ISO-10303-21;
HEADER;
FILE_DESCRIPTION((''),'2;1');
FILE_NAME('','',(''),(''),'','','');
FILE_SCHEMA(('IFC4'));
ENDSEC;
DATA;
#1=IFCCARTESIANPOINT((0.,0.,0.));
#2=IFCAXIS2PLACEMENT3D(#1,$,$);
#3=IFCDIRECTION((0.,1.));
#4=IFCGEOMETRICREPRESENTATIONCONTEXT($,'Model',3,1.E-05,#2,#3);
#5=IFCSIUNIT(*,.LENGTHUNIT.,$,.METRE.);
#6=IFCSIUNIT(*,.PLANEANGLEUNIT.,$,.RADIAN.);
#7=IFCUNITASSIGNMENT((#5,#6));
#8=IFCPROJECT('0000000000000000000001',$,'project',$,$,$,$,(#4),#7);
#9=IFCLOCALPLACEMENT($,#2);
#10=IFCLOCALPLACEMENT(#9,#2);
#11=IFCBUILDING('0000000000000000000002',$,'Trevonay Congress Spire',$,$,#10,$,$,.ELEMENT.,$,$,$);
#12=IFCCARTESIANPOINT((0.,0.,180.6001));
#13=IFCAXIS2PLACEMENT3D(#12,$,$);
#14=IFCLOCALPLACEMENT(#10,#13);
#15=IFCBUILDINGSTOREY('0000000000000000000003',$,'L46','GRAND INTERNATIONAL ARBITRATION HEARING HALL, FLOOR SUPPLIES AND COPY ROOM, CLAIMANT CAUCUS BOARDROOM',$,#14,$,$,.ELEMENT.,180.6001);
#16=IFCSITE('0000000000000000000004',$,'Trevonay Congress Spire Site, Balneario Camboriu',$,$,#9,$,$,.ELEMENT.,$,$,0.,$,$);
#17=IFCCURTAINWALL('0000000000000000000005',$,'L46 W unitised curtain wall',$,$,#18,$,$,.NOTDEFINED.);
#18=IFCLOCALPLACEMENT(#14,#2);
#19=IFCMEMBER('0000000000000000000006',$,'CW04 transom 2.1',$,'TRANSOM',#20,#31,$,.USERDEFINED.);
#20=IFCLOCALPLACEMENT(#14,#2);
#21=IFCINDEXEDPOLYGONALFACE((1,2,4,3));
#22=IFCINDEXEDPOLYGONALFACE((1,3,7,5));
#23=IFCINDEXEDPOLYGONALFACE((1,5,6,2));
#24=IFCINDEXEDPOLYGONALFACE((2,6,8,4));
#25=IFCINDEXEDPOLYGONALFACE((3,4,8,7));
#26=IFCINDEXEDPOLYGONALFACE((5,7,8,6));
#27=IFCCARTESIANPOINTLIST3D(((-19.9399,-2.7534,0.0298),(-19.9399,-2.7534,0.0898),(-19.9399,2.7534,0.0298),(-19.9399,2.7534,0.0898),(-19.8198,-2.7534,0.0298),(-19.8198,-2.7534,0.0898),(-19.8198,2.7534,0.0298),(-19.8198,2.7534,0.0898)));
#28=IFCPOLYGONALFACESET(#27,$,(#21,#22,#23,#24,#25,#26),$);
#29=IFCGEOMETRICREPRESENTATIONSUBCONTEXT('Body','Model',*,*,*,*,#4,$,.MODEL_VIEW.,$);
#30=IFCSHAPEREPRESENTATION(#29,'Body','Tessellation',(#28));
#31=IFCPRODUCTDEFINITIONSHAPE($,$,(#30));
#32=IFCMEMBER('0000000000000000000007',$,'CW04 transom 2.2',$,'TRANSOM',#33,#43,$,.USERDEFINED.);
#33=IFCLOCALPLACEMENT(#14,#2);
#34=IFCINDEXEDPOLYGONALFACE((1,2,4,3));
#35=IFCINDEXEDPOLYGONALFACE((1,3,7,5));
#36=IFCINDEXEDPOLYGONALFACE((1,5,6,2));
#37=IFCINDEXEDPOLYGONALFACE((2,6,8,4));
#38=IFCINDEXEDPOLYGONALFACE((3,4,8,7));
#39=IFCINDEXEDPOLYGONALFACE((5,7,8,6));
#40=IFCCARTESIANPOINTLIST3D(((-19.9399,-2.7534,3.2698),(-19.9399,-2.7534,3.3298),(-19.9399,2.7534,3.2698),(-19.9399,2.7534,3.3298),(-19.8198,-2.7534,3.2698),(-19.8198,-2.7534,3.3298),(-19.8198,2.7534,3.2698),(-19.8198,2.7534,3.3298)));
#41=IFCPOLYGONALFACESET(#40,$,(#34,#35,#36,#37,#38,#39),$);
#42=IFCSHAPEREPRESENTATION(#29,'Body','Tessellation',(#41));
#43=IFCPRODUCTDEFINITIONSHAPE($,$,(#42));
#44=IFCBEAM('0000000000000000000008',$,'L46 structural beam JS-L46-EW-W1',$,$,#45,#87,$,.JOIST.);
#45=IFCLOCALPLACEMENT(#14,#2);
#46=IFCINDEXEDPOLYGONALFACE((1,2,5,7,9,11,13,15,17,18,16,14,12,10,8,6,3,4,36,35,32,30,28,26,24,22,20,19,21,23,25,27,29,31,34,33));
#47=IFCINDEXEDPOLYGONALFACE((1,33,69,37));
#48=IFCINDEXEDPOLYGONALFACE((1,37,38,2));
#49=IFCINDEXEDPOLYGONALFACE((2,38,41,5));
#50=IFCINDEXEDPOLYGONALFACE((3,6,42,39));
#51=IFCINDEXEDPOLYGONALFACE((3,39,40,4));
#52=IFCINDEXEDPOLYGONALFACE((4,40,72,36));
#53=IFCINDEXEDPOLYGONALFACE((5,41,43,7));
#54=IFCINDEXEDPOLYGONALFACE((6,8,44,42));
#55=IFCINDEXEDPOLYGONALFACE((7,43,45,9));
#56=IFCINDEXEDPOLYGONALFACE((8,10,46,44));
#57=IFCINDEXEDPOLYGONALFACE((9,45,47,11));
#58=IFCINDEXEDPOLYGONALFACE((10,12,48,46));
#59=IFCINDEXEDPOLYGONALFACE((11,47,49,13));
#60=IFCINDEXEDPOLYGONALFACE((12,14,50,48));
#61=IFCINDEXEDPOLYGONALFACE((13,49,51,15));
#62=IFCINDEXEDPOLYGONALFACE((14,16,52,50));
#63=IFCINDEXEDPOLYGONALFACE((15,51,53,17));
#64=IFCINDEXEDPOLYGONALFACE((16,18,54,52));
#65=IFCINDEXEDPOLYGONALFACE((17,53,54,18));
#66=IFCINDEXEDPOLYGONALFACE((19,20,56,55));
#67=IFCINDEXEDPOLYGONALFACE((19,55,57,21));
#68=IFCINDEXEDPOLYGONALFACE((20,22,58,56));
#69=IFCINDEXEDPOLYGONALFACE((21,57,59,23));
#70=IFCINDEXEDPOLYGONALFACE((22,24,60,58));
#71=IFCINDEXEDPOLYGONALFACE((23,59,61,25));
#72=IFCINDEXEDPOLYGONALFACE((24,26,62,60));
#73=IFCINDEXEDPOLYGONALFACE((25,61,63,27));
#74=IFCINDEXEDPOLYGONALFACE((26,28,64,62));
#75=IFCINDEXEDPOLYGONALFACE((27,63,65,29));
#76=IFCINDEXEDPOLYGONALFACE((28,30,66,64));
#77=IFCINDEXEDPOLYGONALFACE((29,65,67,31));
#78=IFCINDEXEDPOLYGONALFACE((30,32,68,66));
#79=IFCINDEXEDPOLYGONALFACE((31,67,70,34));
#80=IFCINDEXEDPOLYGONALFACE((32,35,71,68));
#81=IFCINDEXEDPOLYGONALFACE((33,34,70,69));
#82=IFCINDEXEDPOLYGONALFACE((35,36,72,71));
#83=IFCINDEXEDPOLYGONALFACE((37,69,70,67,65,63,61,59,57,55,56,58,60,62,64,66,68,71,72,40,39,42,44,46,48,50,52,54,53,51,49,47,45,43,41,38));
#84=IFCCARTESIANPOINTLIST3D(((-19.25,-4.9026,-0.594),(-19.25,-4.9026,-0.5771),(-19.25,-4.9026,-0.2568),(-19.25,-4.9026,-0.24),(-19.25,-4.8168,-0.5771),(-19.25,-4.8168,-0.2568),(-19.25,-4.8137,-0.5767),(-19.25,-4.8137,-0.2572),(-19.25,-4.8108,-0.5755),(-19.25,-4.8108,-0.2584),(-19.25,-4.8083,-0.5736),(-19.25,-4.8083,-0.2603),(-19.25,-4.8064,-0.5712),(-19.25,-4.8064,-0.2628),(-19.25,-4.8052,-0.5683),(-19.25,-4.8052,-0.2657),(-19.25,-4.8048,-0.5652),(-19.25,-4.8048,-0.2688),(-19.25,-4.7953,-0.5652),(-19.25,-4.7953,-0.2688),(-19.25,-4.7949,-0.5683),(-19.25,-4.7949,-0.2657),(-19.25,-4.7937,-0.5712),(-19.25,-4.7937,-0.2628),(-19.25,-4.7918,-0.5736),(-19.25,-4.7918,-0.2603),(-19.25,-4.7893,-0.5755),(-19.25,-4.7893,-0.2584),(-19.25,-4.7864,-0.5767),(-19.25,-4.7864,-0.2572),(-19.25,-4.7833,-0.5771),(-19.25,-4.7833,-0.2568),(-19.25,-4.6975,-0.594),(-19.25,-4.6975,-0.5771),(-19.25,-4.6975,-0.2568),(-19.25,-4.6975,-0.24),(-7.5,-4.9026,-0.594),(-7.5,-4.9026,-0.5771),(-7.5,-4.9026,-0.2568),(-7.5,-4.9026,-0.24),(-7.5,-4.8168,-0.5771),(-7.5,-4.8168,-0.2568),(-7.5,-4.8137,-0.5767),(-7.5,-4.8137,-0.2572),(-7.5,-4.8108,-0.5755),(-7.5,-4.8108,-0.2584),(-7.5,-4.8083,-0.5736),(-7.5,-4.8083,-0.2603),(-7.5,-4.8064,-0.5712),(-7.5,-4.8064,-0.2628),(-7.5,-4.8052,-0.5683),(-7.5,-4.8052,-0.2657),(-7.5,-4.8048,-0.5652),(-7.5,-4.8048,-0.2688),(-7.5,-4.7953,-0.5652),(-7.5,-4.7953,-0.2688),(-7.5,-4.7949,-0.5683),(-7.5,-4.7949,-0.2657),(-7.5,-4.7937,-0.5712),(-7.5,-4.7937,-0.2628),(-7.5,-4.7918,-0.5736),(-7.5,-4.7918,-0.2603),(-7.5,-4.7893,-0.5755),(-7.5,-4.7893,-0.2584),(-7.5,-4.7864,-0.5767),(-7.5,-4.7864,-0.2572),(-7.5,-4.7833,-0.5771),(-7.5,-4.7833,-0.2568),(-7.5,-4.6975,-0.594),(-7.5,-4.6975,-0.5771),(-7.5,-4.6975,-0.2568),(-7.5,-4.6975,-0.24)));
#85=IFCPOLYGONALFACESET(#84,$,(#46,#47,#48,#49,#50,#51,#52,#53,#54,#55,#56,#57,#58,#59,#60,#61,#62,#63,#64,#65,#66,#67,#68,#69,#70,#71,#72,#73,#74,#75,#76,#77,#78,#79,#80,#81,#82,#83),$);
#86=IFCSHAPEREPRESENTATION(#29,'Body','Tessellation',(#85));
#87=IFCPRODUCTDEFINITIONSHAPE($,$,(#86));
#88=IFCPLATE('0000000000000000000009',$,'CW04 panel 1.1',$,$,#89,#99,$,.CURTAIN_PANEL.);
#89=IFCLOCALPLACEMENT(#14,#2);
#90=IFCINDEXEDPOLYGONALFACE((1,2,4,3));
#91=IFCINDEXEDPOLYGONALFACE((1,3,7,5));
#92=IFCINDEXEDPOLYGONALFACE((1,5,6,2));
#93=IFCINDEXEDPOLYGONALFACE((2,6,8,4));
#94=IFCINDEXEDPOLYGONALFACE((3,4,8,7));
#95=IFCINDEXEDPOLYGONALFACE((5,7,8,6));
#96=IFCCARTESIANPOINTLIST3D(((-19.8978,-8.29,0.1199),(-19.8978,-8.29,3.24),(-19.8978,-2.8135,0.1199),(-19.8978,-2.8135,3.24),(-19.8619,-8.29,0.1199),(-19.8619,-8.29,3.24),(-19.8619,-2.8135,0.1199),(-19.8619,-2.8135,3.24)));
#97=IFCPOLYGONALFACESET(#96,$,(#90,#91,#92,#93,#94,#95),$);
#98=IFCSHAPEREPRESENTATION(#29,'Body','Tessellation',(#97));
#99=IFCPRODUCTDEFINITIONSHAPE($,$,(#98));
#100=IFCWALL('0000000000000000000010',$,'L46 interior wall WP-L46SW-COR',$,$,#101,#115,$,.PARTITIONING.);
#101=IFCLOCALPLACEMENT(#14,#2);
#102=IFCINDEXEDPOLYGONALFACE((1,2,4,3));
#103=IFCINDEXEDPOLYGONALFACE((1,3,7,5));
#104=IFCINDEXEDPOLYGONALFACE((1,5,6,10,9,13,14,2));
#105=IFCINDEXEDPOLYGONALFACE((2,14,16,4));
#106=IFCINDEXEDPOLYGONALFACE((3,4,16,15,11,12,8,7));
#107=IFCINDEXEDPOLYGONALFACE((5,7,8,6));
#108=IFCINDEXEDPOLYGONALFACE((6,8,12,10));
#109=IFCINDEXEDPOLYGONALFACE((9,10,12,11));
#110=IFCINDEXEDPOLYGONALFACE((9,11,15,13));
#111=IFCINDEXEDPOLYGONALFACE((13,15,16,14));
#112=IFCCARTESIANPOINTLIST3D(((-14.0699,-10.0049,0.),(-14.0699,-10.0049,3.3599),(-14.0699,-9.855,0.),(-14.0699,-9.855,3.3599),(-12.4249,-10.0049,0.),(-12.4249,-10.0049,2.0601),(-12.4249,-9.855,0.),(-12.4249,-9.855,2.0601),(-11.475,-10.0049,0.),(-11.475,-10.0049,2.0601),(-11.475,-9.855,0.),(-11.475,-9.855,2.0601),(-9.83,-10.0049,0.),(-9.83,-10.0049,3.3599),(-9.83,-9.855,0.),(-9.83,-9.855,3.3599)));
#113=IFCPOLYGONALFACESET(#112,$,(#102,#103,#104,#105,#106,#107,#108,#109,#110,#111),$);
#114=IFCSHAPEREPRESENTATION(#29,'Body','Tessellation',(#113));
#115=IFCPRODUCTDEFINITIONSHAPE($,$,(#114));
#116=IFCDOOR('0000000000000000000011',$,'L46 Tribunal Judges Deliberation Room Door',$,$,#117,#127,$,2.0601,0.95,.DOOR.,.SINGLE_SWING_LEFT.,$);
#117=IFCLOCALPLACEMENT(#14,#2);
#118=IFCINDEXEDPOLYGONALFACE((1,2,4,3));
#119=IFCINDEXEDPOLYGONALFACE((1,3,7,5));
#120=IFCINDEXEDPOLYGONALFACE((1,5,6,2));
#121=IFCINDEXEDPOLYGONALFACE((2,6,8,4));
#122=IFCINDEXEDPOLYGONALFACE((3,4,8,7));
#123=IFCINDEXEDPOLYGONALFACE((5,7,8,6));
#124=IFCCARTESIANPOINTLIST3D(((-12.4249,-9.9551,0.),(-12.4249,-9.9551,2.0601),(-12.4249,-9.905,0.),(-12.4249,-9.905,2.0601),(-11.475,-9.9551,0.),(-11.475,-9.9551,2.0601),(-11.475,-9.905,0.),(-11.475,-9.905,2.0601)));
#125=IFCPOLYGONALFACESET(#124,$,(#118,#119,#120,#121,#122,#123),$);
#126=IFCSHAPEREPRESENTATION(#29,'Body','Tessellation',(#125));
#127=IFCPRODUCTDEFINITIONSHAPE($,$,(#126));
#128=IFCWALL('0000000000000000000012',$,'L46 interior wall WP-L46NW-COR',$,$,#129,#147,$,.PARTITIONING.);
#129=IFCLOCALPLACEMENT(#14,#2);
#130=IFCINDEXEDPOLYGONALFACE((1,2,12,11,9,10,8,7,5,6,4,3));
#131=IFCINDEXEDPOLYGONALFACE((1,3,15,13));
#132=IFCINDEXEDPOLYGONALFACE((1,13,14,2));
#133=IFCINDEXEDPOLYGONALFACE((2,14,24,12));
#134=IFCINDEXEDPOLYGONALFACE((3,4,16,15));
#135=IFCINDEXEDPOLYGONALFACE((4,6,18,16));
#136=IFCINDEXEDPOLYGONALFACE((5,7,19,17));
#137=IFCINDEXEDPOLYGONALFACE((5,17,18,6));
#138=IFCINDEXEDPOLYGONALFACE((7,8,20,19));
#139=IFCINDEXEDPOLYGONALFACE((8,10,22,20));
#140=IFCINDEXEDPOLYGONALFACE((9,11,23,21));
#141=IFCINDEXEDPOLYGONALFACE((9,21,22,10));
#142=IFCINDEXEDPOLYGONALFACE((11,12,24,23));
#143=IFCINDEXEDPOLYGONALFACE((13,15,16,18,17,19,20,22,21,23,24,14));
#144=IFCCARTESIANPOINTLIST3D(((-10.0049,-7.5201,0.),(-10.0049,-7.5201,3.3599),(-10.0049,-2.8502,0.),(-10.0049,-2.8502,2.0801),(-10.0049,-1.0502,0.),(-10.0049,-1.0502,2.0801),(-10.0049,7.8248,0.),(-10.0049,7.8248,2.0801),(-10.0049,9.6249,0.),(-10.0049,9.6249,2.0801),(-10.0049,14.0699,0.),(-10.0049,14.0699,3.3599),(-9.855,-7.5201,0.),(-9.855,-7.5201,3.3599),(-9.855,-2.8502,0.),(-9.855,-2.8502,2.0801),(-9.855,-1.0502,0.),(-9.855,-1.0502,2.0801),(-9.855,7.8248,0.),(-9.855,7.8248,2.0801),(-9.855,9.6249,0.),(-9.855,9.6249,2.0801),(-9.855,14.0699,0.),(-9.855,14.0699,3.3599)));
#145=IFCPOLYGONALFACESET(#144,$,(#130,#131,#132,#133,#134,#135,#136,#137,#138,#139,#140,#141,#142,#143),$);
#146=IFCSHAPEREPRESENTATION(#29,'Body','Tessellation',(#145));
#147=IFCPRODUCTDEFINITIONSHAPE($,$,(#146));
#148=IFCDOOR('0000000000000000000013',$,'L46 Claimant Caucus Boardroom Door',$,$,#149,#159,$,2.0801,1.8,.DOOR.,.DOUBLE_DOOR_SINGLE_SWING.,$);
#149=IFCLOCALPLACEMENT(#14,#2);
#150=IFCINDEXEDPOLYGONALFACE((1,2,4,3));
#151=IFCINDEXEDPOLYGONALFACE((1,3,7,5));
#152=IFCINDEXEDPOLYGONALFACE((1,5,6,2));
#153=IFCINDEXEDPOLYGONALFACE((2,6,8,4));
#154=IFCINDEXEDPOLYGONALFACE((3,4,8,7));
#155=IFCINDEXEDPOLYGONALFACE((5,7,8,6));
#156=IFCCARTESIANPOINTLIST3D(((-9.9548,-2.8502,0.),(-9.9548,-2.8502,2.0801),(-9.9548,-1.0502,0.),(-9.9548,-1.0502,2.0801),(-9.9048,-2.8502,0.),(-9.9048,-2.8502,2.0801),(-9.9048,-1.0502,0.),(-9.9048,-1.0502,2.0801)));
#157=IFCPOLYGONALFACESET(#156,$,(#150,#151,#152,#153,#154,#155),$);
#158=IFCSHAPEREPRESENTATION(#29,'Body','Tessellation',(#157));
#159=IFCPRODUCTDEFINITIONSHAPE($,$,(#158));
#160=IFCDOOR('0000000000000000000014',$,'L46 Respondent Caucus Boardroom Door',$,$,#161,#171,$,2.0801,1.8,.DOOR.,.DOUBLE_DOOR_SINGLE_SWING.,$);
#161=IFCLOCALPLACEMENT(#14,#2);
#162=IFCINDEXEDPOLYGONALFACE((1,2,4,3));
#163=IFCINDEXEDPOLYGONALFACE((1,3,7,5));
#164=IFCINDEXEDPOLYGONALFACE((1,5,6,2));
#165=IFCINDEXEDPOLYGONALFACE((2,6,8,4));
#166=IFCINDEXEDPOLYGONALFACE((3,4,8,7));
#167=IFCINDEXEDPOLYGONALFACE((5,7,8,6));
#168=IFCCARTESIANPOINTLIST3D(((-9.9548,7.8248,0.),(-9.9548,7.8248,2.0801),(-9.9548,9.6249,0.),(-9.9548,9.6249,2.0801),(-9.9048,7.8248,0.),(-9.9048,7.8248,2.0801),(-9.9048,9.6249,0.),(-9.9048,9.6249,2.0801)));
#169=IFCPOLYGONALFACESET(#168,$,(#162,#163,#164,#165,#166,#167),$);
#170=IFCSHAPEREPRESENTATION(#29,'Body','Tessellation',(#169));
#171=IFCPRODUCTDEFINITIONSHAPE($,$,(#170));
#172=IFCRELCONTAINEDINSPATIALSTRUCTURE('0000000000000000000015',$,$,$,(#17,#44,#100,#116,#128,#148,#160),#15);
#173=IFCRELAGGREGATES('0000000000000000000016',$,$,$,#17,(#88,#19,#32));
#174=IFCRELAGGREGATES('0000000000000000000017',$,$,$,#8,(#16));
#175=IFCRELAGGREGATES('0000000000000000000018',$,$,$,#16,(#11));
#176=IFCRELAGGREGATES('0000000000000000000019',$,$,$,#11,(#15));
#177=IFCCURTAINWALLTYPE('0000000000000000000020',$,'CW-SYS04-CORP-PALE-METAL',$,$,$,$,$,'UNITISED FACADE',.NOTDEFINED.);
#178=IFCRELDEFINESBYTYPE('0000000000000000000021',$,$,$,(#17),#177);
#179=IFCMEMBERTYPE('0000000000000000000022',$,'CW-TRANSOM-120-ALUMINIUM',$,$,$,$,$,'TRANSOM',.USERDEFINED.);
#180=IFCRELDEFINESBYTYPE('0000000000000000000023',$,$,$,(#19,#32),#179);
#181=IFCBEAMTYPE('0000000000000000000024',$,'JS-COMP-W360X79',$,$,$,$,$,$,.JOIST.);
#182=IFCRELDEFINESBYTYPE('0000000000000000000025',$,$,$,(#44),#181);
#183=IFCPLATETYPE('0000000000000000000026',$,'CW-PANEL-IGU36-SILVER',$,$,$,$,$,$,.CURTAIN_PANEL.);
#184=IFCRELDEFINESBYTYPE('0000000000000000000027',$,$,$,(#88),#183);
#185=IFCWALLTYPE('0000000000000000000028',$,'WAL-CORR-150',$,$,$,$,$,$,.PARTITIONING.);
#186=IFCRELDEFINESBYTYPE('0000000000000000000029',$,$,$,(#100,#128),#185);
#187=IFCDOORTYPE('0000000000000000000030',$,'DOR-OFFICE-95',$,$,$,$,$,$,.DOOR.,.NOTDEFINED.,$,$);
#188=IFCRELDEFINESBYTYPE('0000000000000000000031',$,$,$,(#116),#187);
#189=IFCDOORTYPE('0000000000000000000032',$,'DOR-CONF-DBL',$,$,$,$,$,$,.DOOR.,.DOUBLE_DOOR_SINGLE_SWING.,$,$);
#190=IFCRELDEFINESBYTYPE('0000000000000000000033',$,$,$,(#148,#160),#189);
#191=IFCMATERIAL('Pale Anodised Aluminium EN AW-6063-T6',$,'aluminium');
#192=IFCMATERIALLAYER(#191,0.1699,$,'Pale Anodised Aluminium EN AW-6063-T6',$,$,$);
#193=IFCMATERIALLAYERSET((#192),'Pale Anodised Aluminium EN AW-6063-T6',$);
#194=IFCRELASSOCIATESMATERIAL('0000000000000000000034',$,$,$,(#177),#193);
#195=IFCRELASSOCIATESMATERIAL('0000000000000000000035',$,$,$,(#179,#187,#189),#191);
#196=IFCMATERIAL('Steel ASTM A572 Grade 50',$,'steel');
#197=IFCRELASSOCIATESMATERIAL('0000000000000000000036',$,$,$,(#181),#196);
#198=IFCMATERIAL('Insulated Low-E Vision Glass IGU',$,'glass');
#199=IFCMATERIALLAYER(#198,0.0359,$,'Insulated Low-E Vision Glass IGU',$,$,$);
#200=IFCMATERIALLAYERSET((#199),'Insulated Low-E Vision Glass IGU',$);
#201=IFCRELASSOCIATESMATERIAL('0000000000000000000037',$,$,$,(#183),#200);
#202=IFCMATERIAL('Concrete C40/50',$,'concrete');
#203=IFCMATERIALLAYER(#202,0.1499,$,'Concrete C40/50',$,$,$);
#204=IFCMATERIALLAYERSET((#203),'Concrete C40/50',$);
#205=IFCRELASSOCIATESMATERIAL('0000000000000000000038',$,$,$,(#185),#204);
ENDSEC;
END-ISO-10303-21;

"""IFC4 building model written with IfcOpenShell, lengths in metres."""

from ifc_helpers import new_model, si_unit, direction, frame, frame_2d, origin, origin_2d, place, context, subcontext, project, spatial, rectangle, i_section, extrude, material, layer, layer_set, material_profile, profile_set, type_object, element, fill, aggregate, save


model = new_model("IFC4")

# Units and contexts
model_context = context("Model", 3, precision=1e-05, world=origin(), true_north=direction((0.0, 1.0)))
body_context = subcontext(model_context, "Body", "Model", "MODEL_VIEW")
ifc_project = project(units=[si_unit("LENGTHUNIT", "METRE"), si_unit("PLANEANGLEUNIT", "RADIAN")], contexts=[model_context])

# Site, building, storey
site_placement = place(None, origin())
site = spatial("IfcSite", under=ifc_project, at=site_placement, Name="Trevonay Congress Spire Site, Balneario Camboriu", CompositionType="ELEMENT", RefElevation=0.0)
building_placement = place(site_placement, origin())
building = spatial("IfcBuilding", under=site, at=building_placement, Name="Trevonay Congress Spire", CompositionType="ELEMENT")
storey_placement = place(building_placement, frame((0.0, 0.0, 180.6001)))
storey = spatial("IfcBuildingStorey", under=building, at=storey_placement, Name="L46", Description="GRAND INTERNATIONAL ARBITRATION HEARING HALL, FLOOR SUPPLIES AND COPY ROOM, CLAIMANT CAUCUS BOARDROOM", CompositionType="ELEMENT", Elevation=180.6001)

# Shared definitions
ifc_material_1 = material(Name="Steel ASTM A572 Grade 50", Category="steel")

# Curtain wall, members
ifc_material_2 = material(Name="Pale Anodised Aluminium EN AW-6063-T6", Category="aluminium")
ifc_layer_1 = layer(ifc_material_2, 0.1699, Name="Pale Anodised Aluminium EN AW-6063-T6")
ifc_layer_set_1 = layer_set([ifc_layer_1], Name="Pale Anodised Aluminium EN AW-6063-T6")
curtain_wall_type = type_object("IfcCurtainWallType", Name="CW-SYS04-CORP-PALE-METAL", ElementType="UNITISED FACADE", PredefinedType="NOTDEFINED", material=ifc_layer_set_1)
curtain_wall_placement = place(storey_placement, origin())
curtain_wall = element("IfcCurtainWall", 1, at=curtain_wall_placement, inside=storey, type_object=curtain_wall_type, Name="L46 W unitised curtain wall", PredefinedType="NOTDEFINED")
ifc_material_profile_1 = material_profile(ifc_material_2, rectangle(XDim=0.1201, YDim=0.0601, at=origin_2d()), Name="CW-TRANSOM-120-ALUMINIUM")
ifc_profile_set_1 = profile_set([ifc_material_profile_1], Name="Pale Anodised Aluminium EN AW-6063-T6")
member_type_1 = type_object("IfcMemberType", Name="CW-TRANSOM-120-ALUMINIUM", ElementType="TRANSOM", PredefinedType="USERDEFINED", material=ifc_profile_set_1)
member_1_placement = place(storey_placement, frame((-19.8799, -2.7534, 0.0598), z_axis=(0.0, 1.0, 0.0), x_axis=(-1.0, 0.0, 0.0)))
member_1 = element("IfcMember", 2, at=member_1_placement, type_object=member_type_1, Name="CW04 transom 2.1", ObjectType="TRANSOM", PredefinedType="USERDEFINED", context=body_context, shape_type="SweptSolid", body=[
    extrude(rectangle(XDim=0.1201, YDim=0.0601, at=origin_2d()), origin(), (0.0, 0.0, 1.0), 5.5068),
])
member_2_placement = place(storey_placement, frame((-19.8799, -2.7534, 3.2998), z_axis=(0.0, 1.0, 0.0), x_axis=(-1.0, 0.0, 0.0)))
member_2 = element("IfcMember", 3, at=member_2_placement, type_object=member_type_1, Name="CW04 transom 2.2", ObjectType="TRANSOM", PredefinedType="USERDEFINED", context=body_context, shape_type="SweptSolid", body=[
    extrude(rectangle(XDim=0.1201, YDim=0.0601, at=origin_2d()), origin(), (0.0, 0.0, 1.0), 5.5068),
])

# Beam
ifc_material_profile_2 = material_profile(ifc_material_1, i_section(OverallWidth=0.2051, OverallDepth=0.354, WebThickness=0.0095, FlangeThickness=0.0168, FilletRadius=0.012, at=origin_2d()), Name="W360x79")
ifc_profile_set_2 = profile_set([ifc_material_profile_2], Name="Steel ASTM A572 Grade 50")
beam_type_1 = type_object("IfcBeamType", Name="JS-COMP-W360X79", PredefinedType="JOIST", material=ifc_profile_set_2)
beam_1_placement = place(storey_placement, frame((-19.25, -4.8, -0.417), z_axis=(1.0, 0.0, 0.0), x_axis=(0.0, 1.0, 0.0)))
element("IfcBeam", 4, at=beam_1_placement, inside=storey, type_object=beam_type_1, Name="L46 structural beam JS-L46-EW-W1", PredefinedType="JOIST", context=body_context, shape_type="SweptSolid", body=[
    extrude(i_section(OverallWidth=0.2051, OverallDepth=0.354, WebThickness=0.0095, FlangeThickness=0.0168, FilletRadius=0.012, at=origin_2d()), origin(), (0.0, 0.0, 1.0), 11.75),
])

# Plate
ifc_material_3 = material(Name="Insulated Low-E Vision Glass IGU", Category="glass")
ifc_layer_2 = layer(ifc_material_3, 0.0359, Name="Insulated Low-E Vision Glass IGU")
ifc_layer_set_2 = layer_set([ifc_layer_2], Name="Insulated Low-E Vision Glass IGU")
plate_type = type_object("IfcPlateType", Name="CW-PANEL-IGU36-SILVER", PredefinedType="CURTAIN_PANEL", material=ifc_layer_set_2)
plate_placement = place(storey_placement, frame((-19.8799, -5.5518, 0.1199), z_axis=(0.0, 0.0, 1.0), x_axis=(0.0, 1.0, 0.0)))
plate = element("IfcPlate", 5, at=plate_placement, type_object=plate_type, Name="CW04 panel 1.1", PredefinedType="CURTAIN_PANEL", context=body_context, shape_type="SweptSolid", body=[
    extrude(rectangle(XDim=5.4766, YDim=0.0359, at=origin_2d()), origin(), (0.0, 0.0, 1.0), 3.1201),
])
aggregate(curtain_wall, [plate, member_1, member_2])

# Wall, opening, door
ifc_material_4 = material(Name="Concrete C40/50", Category="concrete")
ifc_layer_3 = layer(ifc_material_4, 0.1499, Name="Concrete C40/50")
ifc_layer_set_3 = layer_set([ifc_layer_3], Name="Concrete C40/50")
wall_type_1 = type_object("IfcWallType", Name="WAL-CORR-150", PredefinedType="PARTITIONING", material=ifc_layer_set_3)
wall_1_placement = place(storey_placement, frame((-14.0701, -9.9299, 0.0), z_axis=(0.0, 0.0, 1.0), x_axis=(1.0, 0.0, 0.0)))
wall_1 = element("IfcWall", 6, at=wall_1_placement, inside=storey, type_object=wall_type_1, Name="L46 interior wall WP-L46SW-COR", PredefinedType="PARTITIONING", context=body_context, shape_type="SweptSolid", body=[
    extrude(rectangle(XDim=4.24, YDim=0.1499, at=frame_2d((2.1201, 0.0))), origin(), (0.0, 0.0, 1.0), 3.3599),
])
opening_1_placement = place(wall_1_placement, frame((1.645, 0.0, 0.0)))
opening_1 = element("IfcOpeningElement", 7, at=opening_1_placement, cuts=wall_1, PredefinedType="OPENING", context=body_context, shape_type="SweptSolid", body=[
    extrude(rectangle(XDim=0.95, YDim=2.0601, at=frame_2d((0.4751, 1.03))), frame((0.0, 0.085, 0.0), z_axis=(0.0, -1.0, 0.0), x_axis=(1.0, 0.0, 0.0)), (0.0, 0.0, 1.0), 0.1699),
])
door_type_1 = type_object("IfcDoorType", Name="DOR-OFFICE-95", OperationType="NOTDEFINED", PredefinedType="DOOR", material=ifc_material_2)
door_1_placement = place(opening_1_placement, origin())
door_1 = element("IfcDoor", 8, at=door_1_placement, inside=storey, type_object=door_type_1, Name="L46 Tribunal Judges Deliberation Room Door", OperationType="SINGLE_SWING_LEFT", OverallHeight=2.0601, OverallWidth=0.95, PredefinedType="DOOR", context=body_context, shape_type="SweptSolid", body=[
    extrude(rectangle(XDim=0.95, YDim=2.0601, at=frame_2d((0.4751, 1.03))), frame((0.0, 0.0249, 0.0), z_axis=(0.0, -1.0, 0.0), x_axis=(1.0, 0.0, 0.0)), (0.0, 0.0, 1.0), 0.05),
])
fill(opening_1, door_1)

# Wall, openings, doors
wall_2_placement = place(storey_placement, frame((-9.9299, -7.52, 0.0), z_axis=(0.0, 0.0, 1.0), x_axis=(0.0, 1.0, 0.0)))
wall_2 = element("IfcWall", 9, at=wall_2_placement, inside=storey, type_object=wall_type_1, Name="L46 interior wall WP-L46NW-COR", PredefinedType="PARTITIONING", context=body_context, shape_type="SweptSolid", body=[
    extrude(rectangle(XDim=21.5901, YDim=0.1499, at=frame_2d((10.7949, 0.0))), origin(), (0.0, 0.0, 1.0), 3.3599),
])
opening_2_placement = place(wall_2_placement, frame((4.6699, 0.0, 0.0)))
opening_2 = element("IfcOpeningElement", 10, at=opening_2_placement, cuts=wall_2, PredefinedType="OPENING", context=body_context, shape_type="SweptSolid", body=[
    extrude(rectangle(XDim=1.8, YDim=2.0801, at=frame_2d((0.8999, 1.04))), frame((0.0, 0.085, 0.0), z_axis=(0.0, -1.0, 0.0), x_axis=(1.0, 0.0, 0.0)), (0.0, 0.0, 1.0), 0.1699),
])
opening_3_placement = place(wall_2_placement, frame((15.345, 0.0, 0.0)))
opening_3 = element("IfcOpeningElement", 11, at=opening_3_placement, cuts=wall_2, PredefinedType="OPENING", context=body_context, shape_type="SweptSolid", body=[
    extrude(rectangle(XDim=1.8, YDim=2.0801, at=frame_2d((0.8999, 1.04))), frame((0.0, 0.085, 0.0), z_axis=(0.0, -1.0, 0.0), x_axis=(1.0, 0.0, 0.0)), (0.0, 0.0, 1.0), 0.1699),
])
door_type_2 = type_object("IfcDoorType", Name="DOR-CONF-DBL", OperationType="DOUBLE_DOOR_SINGLE_SWING", PredefinedType="DOOR", material=ifc_material_2)
door_2_placement = place(opening_2_placement, origin())
door_2 = element("IfcDoor", 12, at=door_2_placement, inside=storey, type_object=door_type_2, Name="L46 Claimant Caucus Boardroom Door", OperationType="DOUBLE_DOOR_SINGLE_SWING", OverallHeight=2.0801, OverallWidth=1.8, PredefinedType="DOOR", context=body_context, shape_type="SweptSolid", body=[
    extrude(rectangle(XDim=1.8, YDim=2.0801, at=frame_2d((0.8999, 1.04))), frame((0.0, 0.0249, 0.0), z_axis=(0.0, -1.0, 0.0), x_axis=(1.0, 0.0, 0.0)), (0.0, 0.0, 1.0), 0.05),
])
fill(opening_2, door_2)
door_3_placement = place(opening_3_placement, origin())
door_3 = element("IfcDoor", 13, at=door_3_placement, inside=storey, type_object=door_type_2, Name="L46 Respondent Caucus Boardroom Door", OperationType="DOUBLE_DOOR_SINGLE_SWING", OverallHeight=2.0801, OverallWidth=1.8, PredefinedType="DOOR", context=body_context, shape_type="SweptSolid", body=[
    extrude(rectangle(XDim=1.8, YDim=2.0801, at=frame_2d((0.8999, 1.04))), frame((0.0, 0.0249, 0.0), z_axis=(0.0, -1.0, 0.0), x_axis=(1.0, 0.0, 0.0)), (0.0, 0.0, 1.0), 0.05),
])
fill(opening_3, door_3)

save(model, "model.ifc")
